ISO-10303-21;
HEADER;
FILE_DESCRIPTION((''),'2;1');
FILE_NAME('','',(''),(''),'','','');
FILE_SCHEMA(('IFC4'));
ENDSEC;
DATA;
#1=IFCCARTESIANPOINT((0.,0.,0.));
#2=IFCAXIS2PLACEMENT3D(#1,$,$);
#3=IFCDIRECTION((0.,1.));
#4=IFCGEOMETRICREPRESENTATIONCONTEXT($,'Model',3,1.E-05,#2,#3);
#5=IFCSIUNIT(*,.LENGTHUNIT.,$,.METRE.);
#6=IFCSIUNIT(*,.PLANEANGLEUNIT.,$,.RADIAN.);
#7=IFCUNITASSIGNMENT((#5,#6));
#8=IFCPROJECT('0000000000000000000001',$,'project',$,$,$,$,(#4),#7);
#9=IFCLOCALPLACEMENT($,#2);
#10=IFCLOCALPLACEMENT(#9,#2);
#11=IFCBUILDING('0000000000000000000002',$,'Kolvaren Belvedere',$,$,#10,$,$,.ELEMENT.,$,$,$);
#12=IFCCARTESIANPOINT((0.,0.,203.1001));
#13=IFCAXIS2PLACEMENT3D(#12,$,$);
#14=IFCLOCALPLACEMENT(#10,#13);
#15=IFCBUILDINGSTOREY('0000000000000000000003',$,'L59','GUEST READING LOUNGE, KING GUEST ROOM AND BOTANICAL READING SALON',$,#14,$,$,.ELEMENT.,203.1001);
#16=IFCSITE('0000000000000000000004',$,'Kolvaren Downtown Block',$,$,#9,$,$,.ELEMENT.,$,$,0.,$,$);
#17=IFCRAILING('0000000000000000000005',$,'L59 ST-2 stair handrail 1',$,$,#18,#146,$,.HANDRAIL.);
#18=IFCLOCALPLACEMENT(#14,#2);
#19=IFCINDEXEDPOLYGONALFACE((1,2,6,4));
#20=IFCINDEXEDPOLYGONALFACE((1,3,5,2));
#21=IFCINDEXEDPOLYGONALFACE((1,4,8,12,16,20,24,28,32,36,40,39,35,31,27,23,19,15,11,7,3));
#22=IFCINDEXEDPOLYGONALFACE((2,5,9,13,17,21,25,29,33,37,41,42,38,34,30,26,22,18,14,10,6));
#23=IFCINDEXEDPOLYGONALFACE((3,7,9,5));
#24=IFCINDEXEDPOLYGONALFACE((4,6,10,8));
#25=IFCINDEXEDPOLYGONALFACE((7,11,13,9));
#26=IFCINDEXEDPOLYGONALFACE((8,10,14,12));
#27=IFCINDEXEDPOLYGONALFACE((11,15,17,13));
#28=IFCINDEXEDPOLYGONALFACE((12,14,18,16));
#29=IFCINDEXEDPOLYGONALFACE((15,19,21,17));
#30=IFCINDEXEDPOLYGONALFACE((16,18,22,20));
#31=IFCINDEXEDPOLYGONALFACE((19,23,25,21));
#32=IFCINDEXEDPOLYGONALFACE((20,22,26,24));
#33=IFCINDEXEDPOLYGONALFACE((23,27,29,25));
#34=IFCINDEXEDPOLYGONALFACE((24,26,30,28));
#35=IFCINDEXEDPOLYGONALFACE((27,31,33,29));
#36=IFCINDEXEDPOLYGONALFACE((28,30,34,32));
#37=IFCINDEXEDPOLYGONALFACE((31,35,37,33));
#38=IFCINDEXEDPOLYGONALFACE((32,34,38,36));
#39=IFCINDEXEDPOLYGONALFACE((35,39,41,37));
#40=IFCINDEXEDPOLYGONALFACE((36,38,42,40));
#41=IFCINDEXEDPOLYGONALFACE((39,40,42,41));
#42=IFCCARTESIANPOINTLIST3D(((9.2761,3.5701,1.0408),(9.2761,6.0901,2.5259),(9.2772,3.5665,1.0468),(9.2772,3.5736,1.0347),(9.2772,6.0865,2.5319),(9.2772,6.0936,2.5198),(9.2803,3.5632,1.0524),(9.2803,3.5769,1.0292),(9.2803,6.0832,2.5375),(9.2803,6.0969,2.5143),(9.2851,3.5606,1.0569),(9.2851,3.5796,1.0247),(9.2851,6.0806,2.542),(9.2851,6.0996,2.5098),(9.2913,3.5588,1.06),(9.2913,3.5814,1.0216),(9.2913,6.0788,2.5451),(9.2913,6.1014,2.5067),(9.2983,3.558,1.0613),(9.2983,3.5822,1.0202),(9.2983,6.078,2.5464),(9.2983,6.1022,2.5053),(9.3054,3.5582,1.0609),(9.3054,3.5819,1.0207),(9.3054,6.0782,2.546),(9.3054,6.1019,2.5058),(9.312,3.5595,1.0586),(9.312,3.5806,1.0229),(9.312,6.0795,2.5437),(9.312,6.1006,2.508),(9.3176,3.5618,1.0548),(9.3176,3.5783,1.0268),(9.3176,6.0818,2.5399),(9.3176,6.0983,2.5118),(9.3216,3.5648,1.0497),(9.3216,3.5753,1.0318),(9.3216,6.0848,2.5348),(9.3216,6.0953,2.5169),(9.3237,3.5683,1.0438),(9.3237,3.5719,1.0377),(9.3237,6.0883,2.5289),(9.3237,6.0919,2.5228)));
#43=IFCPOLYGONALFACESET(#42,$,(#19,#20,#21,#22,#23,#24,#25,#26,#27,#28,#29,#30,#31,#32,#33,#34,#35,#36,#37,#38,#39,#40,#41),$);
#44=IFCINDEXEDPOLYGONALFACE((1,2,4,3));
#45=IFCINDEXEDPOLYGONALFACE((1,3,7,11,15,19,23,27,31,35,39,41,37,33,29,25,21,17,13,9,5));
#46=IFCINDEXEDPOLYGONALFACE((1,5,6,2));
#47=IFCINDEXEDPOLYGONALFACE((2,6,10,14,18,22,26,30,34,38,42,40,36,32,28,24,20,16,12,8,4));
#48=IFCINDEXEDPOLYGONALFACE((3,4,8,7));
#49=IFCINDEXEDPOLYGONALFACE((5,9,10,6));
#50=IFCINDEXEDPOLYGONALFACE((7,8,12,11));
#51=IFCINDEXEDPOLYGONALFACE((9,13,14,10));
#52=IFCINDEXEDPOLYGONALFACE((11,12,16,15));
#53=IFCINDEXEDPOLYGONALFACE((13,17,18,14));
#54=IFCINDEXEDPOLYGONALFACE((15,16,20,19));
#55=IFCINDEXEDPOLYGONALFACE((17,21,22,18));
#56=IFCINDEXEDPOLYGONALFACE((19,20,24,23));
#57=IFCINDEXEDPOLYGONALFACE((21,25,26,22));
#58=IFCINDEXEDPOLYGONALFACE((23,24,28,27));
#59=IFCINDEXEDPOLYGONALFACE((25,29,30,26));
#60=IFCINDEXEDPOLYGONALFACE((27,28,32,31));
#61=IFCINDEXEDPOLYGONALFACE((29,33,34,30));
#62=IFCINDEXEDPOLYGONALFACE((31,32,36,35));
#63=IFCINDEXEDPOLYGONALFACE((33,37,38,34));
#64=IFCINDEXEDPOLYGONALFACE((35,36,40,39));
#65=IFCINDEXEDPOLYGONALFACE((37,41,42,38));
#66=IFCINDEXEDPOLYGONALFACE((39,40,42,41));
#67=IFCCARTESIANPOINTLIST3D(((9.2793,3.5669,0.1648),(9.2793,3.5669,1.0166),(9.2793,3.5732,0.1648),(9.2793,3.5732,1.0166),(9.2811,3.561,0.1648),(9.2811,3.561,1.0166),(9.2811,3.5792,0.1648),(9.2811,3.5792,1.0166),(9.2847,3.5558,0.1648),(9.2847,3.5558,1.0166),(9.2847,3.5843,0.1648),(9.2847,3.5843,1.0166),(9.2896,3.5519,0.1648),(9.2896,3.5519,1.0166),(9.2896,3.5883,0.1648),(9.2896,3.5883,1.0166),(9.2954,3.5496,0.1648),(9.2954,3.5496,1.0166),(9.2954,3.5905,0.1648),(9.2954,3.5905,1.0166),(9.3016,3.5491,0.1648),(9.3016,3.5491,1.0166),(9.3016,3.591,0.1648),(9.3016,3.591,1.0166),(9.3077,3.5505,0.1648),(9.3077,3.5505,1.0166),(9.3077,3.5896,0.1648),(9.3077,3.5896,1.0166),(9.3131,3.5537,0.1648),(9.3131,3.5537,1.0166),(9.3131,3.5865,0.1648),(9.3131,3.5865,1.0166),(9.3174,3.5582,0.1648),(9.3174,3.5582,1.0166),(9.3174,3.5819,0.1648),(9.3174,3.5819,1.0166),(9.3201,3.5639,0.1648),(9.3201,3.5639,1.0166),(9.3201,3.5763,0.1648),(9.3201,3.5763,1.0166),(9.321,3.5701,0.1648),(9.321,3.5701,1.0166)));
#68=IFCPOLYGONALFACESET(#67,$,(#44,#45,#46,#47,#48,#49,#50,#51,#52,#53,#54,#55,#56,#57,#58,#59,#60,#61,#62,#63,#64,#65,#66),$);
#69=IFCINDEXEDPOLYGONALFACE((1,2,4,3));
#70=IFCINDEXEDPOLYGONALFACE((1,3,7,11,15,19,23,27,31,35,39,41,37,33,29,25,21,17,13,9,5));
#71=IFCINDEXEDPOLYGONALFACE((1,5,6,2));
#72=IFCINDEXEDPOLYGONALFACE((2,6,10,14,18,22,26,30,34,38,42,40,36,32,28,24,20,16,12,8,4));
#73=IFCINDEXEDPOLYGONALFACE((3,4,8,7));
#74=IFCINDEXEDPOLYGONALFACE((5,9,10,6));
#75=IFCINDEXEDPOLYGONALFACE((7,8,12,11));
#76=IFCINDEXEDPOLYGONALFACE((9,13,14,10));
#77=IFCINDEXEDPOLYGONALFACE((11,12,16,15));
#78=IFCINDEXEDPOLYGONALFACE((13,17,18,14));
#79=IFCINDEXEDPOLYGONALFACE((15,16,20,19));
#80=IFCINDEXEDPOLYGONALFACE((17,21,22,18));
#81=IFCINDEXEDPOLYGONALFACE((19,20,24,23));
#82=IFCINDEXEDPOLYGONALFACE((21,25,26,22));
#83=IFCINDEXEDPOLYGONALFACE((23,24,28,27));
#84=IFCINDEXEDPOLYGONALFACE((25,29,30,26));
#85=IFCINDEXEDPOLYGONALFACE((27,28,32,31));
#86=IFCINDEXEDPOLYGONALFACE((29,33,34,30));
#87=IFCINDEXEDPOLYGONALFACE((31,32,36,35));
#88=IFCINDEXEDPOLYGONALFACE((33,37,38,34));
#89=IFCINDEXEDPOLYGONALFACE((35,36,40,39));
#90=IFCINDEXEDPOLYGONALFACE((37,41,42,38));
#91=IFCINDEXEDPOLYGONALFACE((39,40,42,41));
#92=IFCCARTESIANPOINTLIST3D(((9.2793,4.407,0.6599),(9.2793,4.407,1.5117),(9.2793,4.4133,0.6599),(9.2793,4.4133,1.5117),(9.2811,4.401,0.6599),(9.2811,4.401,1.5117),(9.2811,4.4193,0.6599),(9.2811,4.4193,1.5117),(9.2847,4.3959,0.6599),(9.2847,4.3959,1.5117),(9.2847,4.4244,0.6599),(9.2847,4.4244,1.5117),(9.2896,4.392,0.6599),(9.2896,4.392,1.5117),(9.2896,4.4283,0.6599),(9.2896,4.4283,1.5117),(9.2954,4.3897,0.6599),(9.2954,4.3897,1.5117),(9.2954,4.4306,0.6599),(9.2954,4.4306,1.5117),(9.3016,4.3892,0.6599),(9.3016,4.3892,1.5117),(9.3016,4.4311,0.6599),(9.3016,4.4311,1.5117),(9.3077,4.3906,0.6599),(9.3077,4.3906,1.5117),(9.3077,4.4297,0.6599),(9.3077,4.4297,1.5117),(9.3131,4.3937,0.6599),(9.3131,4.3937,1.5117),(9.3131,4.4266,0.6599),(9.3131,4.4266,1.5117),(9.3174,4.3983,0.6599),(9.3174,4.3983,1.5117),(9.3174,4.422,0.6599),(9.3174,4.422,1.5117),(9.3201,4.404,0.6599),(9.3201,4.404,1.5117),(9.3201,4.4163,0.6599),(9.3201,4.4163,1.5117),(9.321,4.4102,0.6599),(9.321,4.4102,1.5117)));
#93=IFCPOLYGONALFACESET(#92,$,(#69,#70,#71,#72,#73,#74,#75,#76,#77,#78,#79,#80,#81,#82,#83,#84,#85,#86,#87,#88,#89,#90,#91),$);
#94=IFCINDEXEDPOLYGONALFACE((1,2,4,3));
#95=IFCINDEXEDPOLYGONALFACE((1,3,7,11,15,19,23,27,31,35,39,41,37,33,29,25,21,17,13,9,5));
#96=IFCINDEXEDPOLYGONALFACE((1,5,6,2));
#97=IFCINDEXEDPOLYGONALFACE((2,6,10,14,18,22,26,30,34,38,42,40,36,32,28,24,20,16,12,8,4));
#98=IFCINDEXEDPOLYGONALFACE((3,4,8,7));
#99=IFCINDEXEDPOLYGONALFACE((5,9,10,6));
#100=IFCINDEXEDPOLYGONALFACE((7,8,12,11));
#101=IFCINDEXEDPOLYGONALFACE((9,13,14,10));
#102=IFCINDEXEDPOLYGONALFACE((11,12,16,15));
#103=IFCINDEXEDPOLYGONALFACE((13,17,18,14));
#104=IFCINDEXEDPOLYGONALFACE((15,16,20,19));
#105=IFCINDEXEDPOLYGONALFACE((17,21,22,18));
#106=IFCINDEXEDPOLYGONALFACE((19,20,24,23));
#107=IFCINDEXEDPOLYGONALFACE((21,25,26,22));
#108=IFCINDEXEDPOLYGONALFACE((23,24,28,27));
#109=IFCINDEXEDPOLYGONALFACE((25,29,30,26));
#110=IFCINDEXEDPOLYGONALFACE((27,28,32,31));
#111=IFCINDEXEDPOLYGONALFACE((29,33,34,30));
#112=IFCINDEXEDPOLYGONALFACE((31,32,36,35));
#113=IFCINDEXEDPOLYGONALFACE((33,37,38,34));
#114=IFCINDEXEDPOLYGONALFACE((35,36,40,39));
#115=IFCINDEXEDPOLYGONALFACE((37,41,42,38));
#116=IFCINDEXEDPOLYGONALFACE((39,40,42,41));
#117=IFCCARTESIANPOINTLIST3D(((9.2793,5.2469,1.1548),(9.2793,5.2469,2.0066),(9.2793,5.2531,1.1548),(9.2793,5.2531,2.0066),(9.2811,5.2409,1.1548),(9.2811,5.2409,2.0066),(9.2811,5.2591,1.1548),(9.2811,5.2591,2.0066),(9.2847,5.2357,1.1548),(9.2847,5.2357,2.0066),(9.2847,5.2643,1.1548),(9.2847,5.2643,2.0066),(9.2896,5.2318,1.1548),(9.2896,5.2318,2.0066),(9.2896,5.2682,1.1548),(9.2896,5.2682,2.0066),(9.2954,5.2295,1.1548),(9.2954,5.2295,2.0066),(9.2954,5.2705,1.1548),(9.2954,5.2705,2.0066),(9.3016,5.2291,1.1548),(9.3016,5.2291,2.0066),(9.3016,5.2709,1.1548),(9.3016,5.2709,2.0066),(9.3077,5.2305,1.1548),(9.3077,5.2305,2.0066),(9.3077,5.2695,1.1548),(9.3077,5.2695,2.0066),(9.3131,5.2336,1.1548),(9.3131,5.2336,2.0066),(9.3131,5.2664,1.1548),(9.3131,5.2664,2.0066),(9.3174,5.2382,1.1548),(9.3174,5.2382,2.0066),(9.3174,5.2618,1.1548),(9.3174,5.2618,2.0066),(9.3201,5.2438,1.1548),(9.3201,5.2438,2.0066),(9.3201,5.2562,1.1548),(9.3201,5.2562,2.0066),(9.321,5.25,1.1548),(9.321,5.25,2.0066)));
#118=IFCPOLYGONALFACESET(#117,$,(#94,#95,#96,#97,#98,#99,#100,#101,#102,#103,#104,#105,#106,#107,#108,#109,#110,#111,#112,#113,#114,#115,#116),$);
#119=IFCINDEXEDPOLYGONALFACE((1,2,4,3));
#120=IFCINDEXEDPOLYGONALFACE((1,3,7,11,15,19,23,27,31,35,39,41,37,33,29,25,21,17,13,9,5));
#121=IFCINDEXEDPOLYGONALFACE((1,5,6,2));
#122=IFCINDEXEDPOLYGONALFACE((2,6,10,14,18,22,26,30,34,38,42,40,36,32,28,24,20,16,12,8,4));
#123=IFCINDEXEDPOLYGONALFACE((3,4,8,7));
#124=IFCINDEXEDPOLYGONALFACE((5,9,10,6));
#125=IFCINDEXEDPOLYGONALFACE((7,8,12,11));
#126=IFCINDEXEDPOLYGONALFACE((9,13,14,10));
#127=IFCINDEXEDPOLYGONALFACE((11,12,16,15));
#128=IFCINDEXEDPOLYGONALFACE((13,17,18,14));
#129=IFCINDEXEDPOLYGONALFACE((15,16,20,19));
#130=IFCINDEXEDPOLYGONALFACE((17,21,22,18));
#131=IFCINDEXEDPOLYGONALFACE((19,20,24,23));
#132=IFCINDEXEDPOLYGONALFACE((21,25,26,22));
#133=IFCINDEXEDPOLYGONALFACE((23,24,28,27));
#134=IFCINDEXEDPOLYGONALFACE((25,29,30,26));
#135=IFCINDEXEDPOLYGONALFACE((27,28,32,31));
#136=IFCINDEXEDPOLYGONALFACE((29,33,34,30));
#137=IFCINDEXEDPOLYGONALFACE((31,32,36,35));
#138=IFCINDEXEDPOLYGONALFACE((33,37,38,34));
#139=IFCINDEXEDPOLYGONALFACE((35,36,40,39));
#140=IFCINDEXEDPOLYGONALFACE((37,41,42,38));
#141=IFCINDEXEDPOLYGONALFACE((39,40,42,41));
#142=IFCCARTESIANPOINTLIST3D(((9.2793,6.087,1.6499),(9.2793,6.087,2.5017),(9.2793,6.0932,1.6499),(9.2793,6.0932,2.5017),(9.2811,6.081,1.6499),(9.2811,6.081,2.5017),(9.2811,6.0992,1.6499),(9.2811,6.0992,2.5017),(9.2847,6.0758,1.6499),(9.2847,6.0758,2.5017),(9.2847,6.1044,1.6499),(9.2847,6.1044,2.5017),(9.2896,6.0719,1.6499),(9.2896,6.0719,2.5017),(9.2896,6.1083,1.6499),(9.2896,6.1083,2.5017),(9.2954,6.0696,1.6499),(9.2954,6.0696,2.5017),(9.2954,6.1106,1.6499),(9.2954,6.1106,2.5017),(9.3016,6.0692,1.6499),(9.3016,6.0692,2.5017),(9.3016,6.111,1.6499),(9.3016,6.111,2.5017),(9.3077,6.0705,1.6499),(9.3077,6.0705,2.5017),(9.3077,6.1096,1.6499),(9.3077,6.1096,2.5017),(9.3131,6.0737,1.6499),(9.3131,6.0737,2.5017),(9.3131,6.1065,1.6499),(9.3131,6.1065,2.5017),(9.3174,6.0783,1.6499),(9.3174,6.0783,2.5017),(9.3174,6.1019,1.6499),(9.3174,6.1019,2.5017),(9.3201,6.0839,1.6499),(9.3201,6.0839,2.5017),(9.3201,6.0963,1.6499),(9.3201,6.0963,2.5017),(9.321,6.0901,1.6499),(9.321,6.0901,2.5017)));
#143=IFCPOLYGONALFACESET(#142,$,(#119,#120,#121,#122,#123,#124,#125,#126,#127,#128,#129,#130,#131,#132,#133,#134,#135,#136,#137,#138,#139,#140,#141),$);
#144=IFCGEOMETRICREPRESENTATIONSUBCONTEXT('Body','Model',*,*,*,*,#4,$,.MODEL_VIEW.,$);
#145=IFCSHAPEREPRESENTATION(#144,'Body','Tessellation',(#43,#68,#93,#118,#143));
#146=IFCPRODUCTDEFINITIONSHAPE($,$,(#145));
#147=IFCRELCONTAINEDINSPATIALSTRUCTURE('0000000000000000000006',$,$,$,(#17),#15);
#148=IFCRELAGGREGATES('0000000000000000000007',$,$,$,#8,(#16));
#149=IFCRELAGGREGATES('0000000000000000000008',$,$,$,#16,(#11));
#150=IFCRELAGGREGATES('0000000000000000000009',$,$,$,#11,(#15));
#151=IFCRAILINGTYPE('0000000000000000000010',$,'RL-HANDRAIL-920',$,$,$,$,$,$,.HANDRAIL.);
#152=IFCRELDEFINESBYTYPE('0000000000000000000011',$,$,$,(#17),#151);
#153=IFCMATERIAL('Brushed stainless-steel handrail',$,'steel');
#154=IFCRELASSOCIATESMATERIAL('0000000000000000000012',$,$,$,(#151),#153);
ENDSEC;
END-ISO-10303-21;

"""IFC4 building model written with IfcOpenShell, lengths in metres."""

from ifc_helpers import new_model, si_unit, direction, frame, origin, origin_2d, place, context, subcontext, project, spatial, circle, extrude, material, type_object, element, save


model = new_model("IFC4")

# Units and contexts
model_context = context("Model", 3, precision=1e-05, world=origin(), true_north=direction((0.0, 1.0)))
body_context = subcontext(model_context, "Body", "Model", "MODEL_VIEW")
ifc_project = project(units=[si_unit("LENGTHUNIT", "METRE"), si_unit("PLANEANGLEUNIT", "RADIAN")], contexts=[model_context])

# Site, building, storey
site_placement = place(None, origin())
site = spatial("IfcSite", under=ifc_project, at=site_placement, Name="Kolvaren Downtown Block", CompositionType="ELEMENT", RefElevation=0.0)
building_placement = place(site_placement, origin())
building = spatial("IfcBuilding", under=site, at=building_placement, Name="Kolvaren Belvedere", CompositionType="ELEMENT")
storey_placement = place(building_placement, frame((0.0, 0.0, 203.1001)))
storey = spatial("IfcBuildingStorey", under=building, at=storey_placement, Name="L59", Description="GUEST READING LOUNGE, KING GUEST ROOM AND BOTANICAL READING SALON", CompositionType="ELEMENT", Elevation=203.1001)

# Railing
ifc_material_1 = material(Name="Brushed stainless-steel handrail", Category="steel")
railing_type_1 = type_object("IfcRailingType", Name="RL-HANDRAIL-920", PredefinedType="HANDRAIL", material=ifc_material_1)
railing_1_placement = place(storey_placement, frame((9.3, 3.5701, 0.1648)))
element("IfcRailing", 1, at=railing_1_placement, inside=storey, type_object=railing_type_1, Name="L59 ST-2 stair handrail 1", PredefinedType="HANDRAIL", context=body_context, shape_type="SweptSolid", body=[
    extrude(circle(Radius=0.0239, at=origin_2d()), frame((0.0, 0.0, 0.876), z_axis=(0.0, 0.861524, 0.507717), x_axis=(-1.0, 0.0, 0.0)), (0.0, 0.0, 1.0), 2.925),
    extrude(circle(Radius=0.021, at=origin_2d()), origin(), (0.0, 0.0, 1.0), 0.8518),
    extrude(circle(Radius=0.021, at=origin_2d()), frame((0.0, 0.8401, 0.4951)), (0.0, 0.0, 1.0), 0.8518),
    extrude(circle(Radius=0.021, at=origin_2d()), frame((0.0, 1.6799, 0.99)), (0.0, 0.0, 1.0), 0.8518),
    extrude(circle(Radius=0.021, at=origin_2d()), frame((0.0, 2.52, 1.4851)), (0.0, 0.0, 1.0), 0.8518),
])

save(model, "model.ifc")
